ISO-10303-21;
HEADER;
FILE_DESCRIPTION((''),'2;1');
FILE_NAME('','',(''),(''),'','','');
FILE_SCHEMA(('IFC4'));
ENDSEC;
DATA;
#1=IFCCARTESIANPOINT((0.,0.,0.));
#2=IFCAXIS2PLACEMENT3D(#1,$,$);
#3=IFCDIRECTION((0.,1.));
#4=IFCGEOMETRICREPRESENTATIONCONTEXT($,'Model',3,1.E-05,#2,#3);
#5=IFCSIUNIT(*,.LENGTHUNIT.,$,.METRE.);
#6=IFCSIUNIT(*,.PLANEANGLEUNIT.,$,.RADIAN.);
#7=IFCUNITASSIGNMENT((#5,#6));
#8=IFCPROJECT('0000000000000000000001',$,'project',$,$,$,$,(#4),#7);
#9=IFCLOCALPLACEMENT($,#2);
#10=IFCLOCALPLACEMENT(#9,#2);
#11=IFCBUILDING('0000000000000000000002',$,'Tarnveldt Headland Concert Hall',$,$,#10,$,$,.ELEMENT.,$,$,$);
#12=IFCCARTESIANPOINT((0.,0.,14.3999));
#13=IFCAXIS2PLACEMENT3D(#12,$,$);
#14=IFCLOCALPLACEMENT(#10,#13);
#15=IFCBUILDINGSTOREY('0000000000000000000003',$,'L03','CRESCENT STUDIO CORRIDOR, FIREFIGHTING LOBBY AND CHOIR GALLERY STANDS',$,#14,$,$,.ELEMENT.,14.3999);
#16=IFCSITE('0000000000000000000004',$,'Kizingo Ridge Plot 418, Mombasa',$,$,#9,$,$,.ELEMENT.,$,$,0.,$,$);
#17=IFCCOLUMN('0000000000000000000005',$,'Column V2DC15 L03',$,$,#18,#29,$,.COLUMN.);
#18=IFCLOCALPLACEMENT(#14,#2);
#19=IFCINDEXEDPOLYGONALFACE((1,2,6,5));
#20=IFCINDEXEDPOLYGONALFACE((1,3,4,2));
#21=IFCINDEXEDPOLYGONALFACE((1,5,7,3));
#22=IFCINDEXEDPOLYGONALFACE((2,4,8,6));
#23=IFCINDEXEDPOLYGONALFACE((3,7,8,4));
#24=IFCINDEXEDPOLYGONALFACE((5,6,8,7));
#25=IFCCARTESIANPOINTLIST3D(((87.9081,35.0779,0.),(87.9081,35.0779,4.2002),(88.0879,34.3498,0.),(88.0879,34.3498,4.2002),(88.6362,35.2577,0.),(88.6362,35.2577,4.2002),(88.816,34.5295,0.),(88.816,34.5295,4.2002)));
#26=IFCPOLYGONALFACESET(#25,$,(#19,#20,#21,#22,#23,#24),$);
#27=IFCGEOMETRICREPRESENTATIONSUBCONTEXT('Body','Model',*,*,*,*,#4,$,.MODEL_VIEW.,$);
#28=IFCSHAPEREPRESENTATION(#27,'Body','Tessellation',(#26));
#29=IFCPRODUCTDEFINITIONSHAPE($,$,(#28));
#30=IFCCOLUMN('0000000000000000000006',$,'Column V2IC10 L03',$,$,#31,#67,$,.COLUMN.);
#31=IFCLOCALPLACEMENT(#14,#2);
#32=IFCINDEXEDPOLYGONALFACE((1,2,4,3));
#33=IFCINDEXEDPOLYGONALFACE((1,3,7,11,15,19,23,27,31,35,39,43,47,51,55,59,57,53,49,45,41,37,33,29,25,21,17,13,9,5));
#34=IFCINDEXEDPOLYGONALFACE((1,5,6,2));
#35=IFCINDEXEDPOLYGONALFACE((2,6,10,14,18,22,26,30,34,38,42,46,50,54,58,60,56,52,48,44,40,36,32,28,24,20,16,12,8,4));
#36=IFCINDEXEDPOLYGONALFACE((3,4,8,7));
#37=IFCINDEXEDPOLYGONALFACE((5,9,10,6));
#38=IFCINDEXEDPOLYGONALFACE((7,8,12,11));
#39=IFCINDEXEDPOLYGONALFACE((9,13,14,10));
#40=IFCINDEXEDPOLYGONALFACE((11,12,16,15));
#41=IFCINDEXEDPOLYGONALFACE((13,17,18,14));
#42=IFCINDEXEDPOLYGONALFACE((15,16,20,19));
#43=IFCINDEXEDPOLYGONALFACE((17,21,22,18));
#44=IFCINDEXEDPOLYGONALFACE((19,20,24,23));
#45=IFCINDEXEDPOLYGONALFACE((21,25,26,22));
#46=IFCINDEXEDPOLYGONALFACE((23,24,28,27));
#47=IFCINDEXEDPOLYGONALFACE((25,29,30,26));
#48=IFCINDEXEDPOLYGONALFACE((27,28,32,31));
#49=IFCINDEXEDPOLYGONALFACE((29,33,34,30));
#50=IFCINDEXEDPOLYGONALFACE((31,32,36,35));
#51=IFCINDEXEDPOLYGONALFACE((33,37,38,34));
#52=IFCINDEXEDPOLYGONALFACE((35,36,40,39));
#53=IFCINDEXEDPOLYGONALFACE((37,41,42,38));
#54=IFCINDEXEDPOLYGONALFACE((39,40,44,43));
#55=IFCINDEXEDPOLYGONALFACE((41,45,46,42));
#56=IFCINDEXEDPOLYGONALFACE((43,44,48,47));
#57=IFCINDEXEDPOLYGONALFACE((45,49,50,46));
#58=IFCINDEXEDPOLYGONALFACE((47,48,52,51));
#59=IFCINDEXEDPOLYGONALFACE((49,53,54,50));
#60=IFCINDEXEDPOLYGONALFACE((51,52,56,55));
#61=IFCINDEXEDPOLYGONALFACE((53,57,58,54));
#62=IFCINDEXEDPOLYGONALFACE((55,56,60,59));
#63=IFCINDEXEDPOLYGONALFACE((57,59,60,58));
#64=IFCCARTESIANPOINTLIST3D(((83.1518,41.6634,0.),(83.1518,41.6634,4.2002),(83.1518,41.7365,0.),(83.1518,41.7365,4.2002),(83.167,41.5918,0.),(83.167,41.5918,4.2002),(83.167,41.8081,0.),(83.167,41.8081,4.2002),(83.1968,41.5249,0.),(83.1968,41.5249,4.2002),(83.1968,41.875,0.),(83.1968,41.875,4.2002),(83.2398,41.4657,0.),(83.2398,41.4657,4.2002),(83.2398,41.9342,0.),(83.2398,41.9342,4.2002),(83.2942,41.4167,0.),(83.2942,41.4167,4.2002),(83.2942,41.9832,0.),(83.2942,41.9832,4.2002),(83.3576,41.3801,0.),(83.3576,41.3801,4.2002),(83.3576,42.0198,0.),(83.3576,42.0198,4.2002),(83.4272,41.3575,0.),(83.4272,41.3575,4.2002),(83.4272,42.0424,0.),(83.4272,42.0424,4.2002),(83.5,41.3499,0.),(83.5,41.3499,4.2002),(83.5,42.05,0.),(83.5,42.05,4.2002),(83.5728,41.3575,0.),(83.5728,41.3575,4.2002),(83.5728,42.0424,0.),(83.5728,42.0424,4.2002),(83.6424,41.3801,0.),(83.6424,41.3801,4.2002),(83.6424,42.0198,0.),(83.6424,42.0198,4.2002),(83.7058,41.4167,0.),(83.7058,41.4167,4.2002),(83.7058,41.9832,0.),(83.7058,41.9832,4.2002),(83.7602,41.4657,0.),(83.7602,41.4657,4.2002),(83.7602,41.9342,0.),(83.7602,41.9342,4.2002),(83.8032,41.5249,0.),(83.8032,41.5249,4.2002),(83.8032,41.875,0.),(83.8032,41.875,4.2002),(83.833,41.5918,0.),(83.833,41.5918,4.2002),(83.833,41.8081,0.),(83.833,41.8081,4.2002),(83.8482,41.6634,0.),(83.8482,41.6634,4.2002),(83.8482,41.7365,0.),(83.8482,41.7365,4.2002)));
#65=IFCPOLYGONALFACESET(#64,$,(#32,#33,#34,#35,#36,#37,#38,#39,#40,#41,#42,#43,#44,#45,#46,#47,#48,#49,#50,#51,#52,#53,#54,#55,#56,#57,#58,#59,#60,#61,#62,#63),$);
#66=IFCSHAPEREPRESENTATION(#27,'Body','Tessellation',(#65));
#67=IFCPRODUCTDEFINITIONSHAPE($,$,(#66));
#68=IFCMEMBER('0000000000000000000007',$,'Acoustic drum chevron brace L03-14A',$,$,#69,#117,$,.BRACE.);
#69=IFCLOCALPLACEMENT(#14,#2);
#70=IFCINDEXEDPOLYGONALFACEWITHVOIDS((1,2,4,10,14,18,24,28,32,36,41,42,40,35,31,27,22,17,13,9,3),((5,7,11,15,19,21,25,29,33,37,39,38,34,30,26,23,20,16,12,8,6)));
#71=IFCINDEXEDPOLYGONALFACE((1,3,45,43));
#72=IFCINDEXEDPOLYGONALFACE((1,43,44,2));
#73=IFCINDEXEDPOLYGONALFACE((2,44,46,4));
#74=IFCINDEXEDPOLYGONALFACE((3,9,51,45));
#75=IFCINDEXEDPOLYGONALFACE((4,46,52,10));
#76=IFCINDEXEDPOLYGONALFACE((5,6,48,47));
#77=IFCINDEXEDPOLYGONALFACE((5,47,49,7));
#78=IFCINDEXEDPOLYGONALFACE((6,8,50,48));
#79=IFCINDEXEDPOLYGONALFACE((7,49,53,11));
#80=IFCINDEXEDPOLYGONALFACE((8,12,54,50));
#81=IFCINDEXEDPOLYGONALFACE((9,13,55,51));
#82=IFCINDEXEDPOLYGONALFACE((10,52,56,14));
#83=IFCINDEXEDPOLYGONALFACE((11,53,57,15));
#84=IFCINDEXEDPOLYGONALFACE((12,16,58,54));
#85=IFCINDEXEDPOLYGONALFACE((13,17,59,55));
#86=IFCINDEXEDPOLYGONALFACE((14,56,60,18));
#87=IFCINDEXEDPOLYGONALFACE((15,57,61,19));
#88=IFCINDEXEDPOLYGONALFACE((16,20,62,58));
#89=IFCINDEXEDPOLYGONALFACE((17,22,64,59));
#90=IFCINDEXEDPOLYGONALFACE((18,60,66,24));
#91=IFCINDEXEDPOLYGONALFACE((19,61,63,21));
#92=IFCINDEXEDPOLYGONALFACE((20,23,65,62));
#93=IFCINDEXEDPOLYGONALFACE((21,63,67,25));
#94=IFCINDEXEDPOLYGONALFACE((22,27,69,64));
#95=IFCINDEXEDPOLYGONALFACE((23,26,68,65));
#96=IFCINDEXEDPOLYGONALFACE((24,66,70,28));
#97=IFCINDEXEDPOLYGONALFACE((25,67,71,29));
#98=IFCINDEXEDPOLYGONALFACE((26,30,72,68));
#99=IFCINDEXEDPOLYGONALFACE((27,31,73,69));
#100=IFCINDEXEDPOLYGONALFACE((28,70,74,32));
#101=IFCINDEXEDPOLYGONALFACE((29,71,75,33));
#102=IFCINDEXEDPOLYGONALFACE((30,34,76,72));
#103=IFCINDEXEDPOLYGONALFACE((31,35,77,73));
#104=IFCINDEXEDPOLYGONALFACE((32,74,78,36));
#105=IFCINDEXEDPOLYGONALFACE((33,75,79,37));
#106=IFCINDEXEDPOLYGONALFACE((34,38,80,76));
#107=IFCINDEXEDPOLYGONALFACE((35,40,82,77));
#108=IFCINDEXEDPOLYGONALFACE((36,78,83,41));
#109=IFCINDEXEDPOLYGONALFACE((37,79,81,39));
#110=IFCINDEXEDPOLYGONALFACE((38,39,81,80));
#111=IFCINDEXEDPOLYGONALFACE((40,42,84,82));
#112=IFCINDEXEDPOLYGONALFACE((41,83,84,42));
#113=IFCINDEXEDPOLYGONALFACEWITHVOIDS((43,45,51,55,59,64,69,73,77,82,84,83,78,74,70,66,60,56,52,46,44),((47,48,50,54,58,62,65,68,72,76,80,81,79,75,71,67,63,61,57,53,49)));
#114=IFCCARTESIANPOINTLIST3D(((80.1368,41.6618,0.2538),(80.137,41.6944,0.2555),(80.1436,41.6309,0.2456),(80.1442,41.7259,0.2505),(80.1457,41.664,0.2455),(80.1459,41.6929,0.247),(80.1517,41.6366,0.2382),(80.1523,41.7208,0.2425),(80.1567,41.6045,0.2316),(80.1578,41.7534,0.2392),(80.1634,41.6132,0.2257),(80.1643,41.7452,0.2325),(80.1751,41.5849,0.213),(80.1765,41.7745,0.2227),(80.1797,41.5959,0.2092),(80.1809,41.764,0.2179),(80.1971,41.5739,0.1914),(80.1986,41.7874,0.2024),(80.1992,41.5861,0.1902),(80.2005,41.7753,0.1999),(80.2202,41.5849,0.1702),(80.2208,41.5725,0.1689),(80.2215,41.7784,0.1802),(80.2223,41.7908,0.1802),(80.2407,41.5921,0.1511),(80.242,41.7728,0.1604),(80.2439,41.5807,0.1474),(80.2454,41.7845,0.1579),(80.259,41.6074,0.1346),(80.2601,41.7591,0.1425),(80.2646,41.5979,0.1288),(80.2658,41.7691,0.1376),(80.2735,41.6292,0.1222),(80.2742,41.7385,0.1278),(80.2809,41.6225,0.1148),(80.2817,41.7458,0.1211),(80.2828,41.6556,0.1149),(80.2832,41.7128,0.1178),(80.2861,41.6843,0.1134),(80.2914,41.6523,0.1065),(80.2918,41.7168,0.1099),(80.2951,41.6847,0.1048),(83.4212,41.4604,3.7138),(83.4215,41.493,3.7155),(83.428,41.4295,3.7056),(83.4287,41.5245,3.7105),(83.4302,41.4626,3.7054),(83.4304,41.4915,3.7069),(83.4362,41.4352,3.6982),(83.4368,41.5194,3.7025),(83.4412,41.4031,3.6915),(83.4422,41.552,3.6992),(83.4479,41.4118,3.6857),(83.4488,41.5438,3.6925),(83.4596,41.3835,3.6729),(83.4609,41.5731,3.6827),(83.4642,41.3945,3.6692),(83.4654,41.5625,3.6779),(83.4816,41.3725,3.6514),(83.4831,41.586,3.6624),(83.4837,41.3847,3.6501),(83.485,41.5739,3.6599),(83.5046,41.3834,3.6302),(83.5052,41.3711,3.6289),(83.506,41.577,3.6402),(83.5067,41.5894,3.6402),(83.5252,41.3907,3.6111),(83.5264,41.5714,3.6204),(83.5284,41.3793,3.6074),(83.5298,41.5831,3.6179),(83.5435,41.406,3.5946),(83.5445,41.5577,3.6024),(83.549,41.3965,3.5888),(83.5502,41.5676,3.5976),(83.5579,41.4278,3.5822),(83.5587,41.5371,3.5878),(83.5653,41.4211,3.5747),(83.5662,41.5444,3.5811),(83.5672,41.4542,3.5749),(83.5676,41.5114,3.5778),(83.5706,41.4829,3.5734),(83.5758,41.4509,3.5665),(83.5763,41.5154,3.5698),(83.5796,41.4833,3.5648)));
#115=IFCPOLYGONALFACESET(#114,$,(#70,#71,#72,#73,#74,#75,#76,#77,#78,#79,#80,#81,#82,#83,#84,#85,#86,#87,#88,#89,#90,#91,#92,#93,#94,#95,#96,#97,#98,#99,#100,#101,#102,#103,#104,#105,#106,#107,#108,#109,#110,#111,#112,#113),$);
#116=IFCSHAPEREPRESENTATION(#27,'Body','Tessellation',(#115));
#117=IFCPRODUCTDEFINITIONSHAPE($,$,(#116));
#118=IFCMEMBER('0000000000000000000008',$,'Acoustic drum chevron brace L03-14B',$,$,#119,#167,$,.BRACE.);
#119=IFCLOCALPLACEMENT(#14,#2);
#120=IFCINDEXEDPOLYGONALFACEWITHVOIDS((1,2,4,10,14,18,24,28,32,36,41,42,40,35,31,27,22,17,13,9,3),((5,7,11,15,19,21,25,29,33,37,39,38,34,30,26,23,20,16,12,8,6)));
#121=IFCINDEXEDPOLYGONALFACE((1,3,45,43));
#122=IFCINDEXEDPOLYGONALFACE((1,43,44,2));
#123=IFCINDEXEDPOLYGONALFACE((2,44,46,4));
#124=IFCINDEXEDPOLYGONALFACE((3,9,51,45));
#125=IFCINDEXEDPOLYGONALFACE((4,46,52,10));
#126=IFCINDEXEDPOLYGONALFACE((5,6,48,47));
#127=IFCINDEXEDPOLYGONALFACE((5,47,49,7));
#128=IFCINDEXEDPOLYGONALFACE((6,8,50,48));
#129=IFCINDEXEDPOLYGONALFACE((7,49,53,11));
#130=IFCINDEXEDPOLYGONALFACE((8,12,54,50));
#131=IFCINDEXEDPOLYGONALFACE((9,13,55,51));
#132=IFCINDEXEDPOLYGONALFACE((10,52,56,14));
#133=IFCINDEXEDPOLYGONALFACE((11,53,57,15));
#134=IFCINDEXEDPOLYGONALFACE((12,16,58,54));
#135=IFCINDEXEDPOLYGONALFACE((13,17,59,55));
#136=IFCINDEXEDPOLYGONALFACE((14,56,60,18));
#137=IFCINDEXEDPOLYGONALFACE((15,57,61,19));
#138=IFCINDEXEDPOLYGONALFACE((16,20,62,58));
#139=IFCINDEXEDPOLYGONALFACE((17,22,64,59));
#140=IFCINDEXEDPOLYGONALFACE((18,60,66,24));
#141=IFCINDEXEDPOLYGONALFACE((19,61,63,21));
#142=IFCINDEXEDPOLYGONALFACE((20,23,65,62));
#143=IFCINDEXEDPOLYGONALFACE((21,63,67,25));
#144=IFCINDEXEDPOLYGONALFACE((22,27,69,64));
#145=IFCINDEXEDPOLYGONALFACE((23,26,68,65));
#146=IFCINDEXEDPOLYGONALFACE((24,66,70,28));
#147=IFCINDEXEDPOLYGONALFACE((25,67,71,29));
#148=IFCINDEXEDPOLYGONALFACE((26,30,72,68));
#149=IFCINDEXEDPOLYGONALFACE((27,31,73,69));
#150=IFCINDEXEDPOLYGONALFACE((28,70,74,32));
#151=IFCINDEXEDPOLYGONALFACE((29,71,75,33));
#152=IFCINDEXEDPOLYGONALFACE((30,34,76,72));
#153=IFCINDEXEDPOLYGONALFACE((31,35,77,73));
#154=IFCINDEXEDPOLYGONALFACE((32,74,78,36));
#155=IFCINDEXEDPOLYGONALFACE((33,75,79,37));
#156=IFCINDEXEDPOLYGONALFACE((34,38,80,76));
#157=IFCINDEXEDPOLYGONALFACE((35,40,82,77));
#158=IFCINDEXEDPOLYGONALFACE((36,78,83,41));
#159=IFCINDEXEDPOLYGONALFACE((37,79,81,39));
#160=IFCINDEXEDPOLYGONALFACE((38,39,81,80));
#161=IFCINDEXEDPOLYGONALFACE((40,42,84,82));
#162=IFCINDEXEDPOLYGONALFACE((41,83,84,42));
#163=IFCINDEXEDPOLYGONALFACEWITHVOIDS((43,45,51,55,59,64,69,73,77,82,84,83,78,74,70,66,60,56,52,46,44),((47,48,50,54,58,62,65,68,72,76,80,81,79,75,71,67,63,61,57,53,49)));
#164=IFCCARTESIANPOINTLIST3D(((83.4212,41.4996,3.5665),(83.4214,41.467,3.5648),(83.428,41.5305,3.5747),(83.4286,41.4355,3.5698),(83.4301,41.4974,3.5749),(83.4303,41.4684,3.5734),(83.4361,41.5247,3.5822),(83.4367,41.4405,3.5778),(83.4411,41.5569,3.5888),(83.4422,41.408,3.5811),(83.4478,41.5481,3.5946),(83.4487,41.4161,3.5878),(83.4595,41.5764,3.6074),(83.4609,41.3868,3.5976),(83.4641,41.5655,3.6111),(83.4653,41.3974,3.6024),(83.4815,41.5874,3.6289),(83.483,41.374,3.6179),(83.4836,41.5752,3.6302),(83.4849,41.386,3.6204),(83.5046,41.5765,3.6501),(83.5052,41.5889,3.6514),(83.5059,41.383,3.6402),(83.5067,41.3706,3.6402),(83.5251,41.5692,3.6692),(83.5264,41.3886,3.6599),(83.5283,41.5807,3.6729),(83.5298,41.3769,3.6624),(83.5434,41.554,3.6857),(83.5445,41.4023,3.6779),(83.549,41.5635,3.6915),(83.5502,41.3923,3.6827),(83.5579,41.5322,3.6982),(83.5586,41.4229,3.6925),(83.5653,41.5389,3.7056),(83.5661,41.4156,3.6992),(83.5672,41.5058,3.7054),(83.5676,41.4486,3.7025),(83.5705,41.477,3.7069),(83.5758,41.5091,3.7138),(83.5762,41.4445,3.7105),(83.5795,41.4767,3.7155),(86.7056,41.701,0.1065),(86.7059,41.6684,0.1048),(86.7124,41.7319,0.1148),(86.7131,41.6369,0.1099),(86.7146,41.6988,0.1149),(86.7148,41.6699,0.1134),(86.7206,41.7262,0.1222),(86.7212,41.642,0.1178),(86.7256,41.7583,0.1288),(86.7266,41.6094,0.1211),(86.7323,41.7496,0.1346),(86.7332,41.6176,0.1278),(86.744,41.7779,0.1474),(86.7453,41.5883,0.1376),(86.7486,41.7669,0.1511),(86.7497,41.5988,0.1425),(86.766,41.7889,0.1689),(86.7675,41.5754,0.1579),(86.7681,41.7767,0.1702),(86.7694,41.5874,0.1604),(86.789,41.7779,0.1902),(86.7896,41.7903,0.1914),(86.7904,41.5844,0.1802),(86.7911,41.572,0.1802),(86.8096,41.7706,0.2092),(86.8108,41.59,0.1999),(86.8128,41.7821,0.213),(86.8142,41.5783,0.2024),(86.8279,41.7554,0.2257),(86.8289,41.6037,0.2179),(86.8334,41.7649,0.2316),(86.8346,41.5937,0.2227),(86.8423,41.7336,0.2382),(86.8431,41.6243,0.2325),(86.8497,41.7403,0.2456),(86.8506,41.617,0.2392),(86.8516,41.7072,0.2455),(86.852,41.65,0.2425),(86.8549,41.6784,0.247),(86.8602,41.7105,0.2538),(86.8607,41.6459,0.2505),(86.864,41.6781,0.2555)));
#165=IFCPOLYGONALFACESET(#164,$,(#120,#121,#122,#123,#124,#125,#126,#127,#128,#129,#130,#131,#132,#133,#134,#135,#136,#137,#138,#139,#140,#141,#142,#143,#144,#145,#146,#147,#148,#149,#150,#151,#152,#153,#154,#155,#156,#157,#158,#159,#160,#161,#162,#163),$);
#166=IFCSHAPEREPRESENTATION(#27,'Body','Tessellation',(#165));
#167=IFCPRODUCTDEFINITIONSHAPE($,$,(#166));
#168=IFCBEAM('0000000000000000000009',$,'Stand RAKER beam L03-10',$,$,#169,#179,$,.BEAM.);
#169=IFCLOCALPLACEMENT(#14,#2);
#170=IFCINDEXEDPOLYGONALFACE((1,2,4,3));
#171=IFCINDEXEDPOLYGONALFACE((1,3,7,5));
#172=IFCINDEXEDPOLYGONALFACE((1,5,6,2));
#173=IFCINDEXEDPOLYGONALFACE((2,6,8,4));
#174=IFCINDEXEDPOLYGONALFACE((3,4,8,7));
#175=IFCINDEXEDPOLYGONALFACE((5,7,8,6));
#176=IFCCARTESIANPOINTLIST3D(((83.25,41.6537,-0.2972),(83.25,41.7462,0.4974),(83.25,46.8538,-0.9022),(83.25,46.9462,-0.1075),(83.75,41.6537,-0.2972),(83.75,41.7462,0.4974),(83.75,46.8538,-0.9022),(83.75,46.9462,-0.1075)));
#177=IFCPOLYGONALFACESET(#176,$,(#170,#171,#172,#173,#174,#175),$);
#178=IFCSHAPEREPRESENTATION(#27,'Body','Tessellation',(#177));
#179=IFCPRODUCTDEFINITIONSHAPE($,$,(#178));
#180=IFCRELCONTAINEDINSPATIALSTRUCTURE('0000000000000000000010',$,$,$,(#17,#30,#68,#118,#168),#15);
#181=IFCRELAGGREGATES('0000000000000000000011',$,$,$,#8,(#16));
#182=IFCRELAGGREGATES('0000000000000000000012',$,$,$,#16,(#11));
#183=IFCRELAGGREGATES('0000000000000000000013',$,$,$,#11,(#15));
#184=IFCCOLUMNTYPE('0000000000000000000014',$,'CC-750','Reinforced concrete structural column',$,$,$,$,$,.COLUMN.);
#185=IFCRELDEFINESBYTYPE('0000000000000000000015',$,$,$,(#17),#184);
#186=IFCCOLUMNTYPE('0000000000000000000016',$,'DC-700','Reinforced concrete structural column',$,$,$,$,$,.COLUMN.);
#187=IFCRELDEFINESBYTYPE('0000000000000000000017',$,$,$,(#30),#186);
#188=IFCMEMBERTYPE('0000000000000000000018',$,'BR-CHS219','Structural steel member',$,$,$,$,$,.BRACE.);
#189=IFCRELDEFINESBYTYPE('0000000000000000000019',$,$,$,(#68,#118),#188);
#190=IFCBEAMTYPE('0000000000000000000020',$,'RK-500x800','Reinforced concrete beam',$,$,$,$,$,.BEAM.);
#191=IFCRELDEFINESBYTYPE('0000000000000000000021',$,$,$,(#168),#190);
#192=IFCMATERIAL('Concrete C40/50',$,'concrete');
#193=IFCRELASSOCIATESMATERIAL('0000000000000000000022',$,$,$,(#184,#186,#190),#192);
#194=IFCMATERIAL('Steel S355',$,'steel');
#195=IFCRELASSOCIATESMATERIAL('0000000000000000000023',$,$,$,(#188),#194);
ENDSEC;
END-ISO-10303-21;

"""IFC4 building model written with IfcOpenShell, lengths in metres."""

from ifc_helpers import new_model, si_unit, direction, frame, origin, origin_2d, place, context, subcontext, project, spatial, rectangle, circle, hollow_circle, extrude, material, material_profile, profile_set, type_object, element, save


model = new_model("IFC4")

# Units and contexts
model_context = context("Model", 3, precision=1e-05, world=origin(), true_north=direction((0.0, 1.0)))
body_context = subcontext(model_context, "Body", "Model", "MODEL_VIEW")
ifc_project = project(units=[si_unit("LENGTHUNIT", "METRE"), si_unit("PLANEANGLEUNIT", "RADIAN")], contexts=[model_context])

# Site, building, storey
site_placement = place(None, origin())
site = spatial("IfcSite", under=ifc_project, at=site_placement, Name="Kizingo Ridge Plot 418, Mombasa", CompositionType="ELEMENT", RefElevation=0.0)
building_placement = place(site_placement, origin())
building = spatial("IfcBuilding", under=site, at=building_placement, Name="Tarnveldt Headland Concert Hall", CompositionType="ELEMENT")
storey_placement = place(building_placement, frame((0.0, 0.0, 14.3999)))
storey = spatial("IfcBuildingStorey", under=building, at=storey_placement, Name="L03", Description="CRESCENT STUDIO CORRIDOR, FIREFIGHTING LOBBY AND CHOIR GALLERY STANDS", CompositionType="ELEMENT", Elevation=14.3999)

# Columns
ifc_material_1 = material(Name="Concrete C40/50", Category="concrete")
ifc_material_profile_1 = material_profile(ifc_material_1, rectangle(XDim=0.75, YDim=0.75, at=origin_2d()), Name="RC 750x750", Category="concrete")
ifc_profile_set_1 = profile_set([ifc_material_profile_1], Name="Concrete C40/50")
column_type_1 = type_object("IfcColumnType", Name="CC-750", Description="Reinforced concrete structural column", PredefinedType="COLUMN", material=ifc_profile_set_1)
column_1_placement = place(storey_placement, frame((88.3621, 34.8037, 0.0), z_axis=(0.0, 0.0, 1.0), x_axis=(0.23972, -0.970842, 0.0)))
element("IfcColumn", 1, at=column_1_placement, inside=storey, type_object=column_type_1, Name="Column V2DC15 L03", PredefinedType="COLUMN", context=body_context, shape_type="SweptSolid", body=[
    extrude(rectangle(XDim=0.75, YDim=0.75, at=origin_2d()), origin(), (0.0, 0.0, 1.0), 4.2002),
])
ifc_material_profile_2 = material_profile(ifc_material_1, circle(Radius=0.3501, at=origin_2d()), Name="RC D700", Category="concrete")
ifc_profile_set_2 = profile_set([ifc_material_profile_2], Name="Concrete C40/50")
column_type_2 = type_object("IfcColumnType", Name="DC-700", Description="Reinforced concrete structural column", PredefinedType="COLUMN", material=ifc_profile_set_2)
column_2_placement = place(storey_placement, frame((83.5, 41.7, 0.0), z_axis=(0.0, 0.0, 1.0), x_axis=(0.0, -1.0, 0.0)))
element("IfcColumn", 2, at=column_2_placement, inside=storey, type_object=column_type_2, Name="Column V2IC10 L03", PredefinedType="COLUMN", context=body_context, shape_type="SweptSolid", body=[
    extrude(circle(Radius=0.3501, at=origin_2d()), origin(), (0.0, 0.0, 1.0), 4.2002),
])

# Members
ifc_material_2 = material(Name="Steel S355", Category="steel")
ifc_material_profile_3 = material_profile(ifc_material_2, hollow_circle(Radius=0.1096, WallThickness=0.0125, at=origin_2d()), Name="CHS 219.1x12.5", Category="steel")
ifc_profile_set_3 = profile_set([ifc_material_profile_3], Name="Steel S355")
member_type = type_object("IfcMemberType", Name="BR-CHS219", Description="Structural steel member", PredefinedType="BRACE", material=ifc_profile_set_3)
for number, where, z_axis, x_axis, name in (
    (3, (80.2156, 41.6814, 0.1802), (0.687857, -0.042183, 0.72462), (0.06121, 0.998125, 0.0), "Acoustic drum chevron brace L03-14A"),
    (4, (86.7844, 41.6814, 0.1802), (-0.687857, -0.042183, 0.72462), (0.06121, -0.998125, 0.0), "Acoustic drum chevron brace L03-14B"),
):
    element("IfcMember", number, at=place(storey_placement, frame(where, z_axis=z_axis, x_axis=x_axis)), inside=storey, type_object=member_type, Name=name, PredefinedType="BRACE", context=body_context, shape_type="SweptSolid", body=[
        extrude(hollow_circle(Radius=0.1096, WallThickness=0.0125, at=origin_2d()), origin(), (0.0, 0.0, 1.0), 4.7749),
    ])

# Beam
ifc_material_profile_4 = material_profile(ifc_material_1, rectangle(XDim=0.5, YDim=0.8, at=origin_2d()), Name="RAKER RC 500x800", Category="concrete")
ifc_profile_set_4 = profile_set([ifc_material_profile_4], Name="Concrete C40/50")
beam_type_1 = type_object("IfcBeamType", Name="RK-500x800", Description="Reinforced concrete beam", PredefinedType="BEAM", material=ifc_profile_set_4)
beam_1_placement = place(storey_placement, frame((83.5, 41.7, 0.1001), z_axis=(0.0, 0.9933, -0.115564), x_axis=(-1.0, 0.0, 0.0)))
element("IfcBeam", 5, at=beam_1_placement, inside=storey, type_object=beam_type_1, Name="Stand RAKER beam L03-10", PredefinedType="BEAM", context=body_context, shape_type="SweptSolid", body=[
    extrude(rectangle(XDim=0.5, YDim=0.8, at=origin_2d()), origin(), (0.0, 0.0, 1.0), 5.2351),
])

save(model, "model.ifc")
